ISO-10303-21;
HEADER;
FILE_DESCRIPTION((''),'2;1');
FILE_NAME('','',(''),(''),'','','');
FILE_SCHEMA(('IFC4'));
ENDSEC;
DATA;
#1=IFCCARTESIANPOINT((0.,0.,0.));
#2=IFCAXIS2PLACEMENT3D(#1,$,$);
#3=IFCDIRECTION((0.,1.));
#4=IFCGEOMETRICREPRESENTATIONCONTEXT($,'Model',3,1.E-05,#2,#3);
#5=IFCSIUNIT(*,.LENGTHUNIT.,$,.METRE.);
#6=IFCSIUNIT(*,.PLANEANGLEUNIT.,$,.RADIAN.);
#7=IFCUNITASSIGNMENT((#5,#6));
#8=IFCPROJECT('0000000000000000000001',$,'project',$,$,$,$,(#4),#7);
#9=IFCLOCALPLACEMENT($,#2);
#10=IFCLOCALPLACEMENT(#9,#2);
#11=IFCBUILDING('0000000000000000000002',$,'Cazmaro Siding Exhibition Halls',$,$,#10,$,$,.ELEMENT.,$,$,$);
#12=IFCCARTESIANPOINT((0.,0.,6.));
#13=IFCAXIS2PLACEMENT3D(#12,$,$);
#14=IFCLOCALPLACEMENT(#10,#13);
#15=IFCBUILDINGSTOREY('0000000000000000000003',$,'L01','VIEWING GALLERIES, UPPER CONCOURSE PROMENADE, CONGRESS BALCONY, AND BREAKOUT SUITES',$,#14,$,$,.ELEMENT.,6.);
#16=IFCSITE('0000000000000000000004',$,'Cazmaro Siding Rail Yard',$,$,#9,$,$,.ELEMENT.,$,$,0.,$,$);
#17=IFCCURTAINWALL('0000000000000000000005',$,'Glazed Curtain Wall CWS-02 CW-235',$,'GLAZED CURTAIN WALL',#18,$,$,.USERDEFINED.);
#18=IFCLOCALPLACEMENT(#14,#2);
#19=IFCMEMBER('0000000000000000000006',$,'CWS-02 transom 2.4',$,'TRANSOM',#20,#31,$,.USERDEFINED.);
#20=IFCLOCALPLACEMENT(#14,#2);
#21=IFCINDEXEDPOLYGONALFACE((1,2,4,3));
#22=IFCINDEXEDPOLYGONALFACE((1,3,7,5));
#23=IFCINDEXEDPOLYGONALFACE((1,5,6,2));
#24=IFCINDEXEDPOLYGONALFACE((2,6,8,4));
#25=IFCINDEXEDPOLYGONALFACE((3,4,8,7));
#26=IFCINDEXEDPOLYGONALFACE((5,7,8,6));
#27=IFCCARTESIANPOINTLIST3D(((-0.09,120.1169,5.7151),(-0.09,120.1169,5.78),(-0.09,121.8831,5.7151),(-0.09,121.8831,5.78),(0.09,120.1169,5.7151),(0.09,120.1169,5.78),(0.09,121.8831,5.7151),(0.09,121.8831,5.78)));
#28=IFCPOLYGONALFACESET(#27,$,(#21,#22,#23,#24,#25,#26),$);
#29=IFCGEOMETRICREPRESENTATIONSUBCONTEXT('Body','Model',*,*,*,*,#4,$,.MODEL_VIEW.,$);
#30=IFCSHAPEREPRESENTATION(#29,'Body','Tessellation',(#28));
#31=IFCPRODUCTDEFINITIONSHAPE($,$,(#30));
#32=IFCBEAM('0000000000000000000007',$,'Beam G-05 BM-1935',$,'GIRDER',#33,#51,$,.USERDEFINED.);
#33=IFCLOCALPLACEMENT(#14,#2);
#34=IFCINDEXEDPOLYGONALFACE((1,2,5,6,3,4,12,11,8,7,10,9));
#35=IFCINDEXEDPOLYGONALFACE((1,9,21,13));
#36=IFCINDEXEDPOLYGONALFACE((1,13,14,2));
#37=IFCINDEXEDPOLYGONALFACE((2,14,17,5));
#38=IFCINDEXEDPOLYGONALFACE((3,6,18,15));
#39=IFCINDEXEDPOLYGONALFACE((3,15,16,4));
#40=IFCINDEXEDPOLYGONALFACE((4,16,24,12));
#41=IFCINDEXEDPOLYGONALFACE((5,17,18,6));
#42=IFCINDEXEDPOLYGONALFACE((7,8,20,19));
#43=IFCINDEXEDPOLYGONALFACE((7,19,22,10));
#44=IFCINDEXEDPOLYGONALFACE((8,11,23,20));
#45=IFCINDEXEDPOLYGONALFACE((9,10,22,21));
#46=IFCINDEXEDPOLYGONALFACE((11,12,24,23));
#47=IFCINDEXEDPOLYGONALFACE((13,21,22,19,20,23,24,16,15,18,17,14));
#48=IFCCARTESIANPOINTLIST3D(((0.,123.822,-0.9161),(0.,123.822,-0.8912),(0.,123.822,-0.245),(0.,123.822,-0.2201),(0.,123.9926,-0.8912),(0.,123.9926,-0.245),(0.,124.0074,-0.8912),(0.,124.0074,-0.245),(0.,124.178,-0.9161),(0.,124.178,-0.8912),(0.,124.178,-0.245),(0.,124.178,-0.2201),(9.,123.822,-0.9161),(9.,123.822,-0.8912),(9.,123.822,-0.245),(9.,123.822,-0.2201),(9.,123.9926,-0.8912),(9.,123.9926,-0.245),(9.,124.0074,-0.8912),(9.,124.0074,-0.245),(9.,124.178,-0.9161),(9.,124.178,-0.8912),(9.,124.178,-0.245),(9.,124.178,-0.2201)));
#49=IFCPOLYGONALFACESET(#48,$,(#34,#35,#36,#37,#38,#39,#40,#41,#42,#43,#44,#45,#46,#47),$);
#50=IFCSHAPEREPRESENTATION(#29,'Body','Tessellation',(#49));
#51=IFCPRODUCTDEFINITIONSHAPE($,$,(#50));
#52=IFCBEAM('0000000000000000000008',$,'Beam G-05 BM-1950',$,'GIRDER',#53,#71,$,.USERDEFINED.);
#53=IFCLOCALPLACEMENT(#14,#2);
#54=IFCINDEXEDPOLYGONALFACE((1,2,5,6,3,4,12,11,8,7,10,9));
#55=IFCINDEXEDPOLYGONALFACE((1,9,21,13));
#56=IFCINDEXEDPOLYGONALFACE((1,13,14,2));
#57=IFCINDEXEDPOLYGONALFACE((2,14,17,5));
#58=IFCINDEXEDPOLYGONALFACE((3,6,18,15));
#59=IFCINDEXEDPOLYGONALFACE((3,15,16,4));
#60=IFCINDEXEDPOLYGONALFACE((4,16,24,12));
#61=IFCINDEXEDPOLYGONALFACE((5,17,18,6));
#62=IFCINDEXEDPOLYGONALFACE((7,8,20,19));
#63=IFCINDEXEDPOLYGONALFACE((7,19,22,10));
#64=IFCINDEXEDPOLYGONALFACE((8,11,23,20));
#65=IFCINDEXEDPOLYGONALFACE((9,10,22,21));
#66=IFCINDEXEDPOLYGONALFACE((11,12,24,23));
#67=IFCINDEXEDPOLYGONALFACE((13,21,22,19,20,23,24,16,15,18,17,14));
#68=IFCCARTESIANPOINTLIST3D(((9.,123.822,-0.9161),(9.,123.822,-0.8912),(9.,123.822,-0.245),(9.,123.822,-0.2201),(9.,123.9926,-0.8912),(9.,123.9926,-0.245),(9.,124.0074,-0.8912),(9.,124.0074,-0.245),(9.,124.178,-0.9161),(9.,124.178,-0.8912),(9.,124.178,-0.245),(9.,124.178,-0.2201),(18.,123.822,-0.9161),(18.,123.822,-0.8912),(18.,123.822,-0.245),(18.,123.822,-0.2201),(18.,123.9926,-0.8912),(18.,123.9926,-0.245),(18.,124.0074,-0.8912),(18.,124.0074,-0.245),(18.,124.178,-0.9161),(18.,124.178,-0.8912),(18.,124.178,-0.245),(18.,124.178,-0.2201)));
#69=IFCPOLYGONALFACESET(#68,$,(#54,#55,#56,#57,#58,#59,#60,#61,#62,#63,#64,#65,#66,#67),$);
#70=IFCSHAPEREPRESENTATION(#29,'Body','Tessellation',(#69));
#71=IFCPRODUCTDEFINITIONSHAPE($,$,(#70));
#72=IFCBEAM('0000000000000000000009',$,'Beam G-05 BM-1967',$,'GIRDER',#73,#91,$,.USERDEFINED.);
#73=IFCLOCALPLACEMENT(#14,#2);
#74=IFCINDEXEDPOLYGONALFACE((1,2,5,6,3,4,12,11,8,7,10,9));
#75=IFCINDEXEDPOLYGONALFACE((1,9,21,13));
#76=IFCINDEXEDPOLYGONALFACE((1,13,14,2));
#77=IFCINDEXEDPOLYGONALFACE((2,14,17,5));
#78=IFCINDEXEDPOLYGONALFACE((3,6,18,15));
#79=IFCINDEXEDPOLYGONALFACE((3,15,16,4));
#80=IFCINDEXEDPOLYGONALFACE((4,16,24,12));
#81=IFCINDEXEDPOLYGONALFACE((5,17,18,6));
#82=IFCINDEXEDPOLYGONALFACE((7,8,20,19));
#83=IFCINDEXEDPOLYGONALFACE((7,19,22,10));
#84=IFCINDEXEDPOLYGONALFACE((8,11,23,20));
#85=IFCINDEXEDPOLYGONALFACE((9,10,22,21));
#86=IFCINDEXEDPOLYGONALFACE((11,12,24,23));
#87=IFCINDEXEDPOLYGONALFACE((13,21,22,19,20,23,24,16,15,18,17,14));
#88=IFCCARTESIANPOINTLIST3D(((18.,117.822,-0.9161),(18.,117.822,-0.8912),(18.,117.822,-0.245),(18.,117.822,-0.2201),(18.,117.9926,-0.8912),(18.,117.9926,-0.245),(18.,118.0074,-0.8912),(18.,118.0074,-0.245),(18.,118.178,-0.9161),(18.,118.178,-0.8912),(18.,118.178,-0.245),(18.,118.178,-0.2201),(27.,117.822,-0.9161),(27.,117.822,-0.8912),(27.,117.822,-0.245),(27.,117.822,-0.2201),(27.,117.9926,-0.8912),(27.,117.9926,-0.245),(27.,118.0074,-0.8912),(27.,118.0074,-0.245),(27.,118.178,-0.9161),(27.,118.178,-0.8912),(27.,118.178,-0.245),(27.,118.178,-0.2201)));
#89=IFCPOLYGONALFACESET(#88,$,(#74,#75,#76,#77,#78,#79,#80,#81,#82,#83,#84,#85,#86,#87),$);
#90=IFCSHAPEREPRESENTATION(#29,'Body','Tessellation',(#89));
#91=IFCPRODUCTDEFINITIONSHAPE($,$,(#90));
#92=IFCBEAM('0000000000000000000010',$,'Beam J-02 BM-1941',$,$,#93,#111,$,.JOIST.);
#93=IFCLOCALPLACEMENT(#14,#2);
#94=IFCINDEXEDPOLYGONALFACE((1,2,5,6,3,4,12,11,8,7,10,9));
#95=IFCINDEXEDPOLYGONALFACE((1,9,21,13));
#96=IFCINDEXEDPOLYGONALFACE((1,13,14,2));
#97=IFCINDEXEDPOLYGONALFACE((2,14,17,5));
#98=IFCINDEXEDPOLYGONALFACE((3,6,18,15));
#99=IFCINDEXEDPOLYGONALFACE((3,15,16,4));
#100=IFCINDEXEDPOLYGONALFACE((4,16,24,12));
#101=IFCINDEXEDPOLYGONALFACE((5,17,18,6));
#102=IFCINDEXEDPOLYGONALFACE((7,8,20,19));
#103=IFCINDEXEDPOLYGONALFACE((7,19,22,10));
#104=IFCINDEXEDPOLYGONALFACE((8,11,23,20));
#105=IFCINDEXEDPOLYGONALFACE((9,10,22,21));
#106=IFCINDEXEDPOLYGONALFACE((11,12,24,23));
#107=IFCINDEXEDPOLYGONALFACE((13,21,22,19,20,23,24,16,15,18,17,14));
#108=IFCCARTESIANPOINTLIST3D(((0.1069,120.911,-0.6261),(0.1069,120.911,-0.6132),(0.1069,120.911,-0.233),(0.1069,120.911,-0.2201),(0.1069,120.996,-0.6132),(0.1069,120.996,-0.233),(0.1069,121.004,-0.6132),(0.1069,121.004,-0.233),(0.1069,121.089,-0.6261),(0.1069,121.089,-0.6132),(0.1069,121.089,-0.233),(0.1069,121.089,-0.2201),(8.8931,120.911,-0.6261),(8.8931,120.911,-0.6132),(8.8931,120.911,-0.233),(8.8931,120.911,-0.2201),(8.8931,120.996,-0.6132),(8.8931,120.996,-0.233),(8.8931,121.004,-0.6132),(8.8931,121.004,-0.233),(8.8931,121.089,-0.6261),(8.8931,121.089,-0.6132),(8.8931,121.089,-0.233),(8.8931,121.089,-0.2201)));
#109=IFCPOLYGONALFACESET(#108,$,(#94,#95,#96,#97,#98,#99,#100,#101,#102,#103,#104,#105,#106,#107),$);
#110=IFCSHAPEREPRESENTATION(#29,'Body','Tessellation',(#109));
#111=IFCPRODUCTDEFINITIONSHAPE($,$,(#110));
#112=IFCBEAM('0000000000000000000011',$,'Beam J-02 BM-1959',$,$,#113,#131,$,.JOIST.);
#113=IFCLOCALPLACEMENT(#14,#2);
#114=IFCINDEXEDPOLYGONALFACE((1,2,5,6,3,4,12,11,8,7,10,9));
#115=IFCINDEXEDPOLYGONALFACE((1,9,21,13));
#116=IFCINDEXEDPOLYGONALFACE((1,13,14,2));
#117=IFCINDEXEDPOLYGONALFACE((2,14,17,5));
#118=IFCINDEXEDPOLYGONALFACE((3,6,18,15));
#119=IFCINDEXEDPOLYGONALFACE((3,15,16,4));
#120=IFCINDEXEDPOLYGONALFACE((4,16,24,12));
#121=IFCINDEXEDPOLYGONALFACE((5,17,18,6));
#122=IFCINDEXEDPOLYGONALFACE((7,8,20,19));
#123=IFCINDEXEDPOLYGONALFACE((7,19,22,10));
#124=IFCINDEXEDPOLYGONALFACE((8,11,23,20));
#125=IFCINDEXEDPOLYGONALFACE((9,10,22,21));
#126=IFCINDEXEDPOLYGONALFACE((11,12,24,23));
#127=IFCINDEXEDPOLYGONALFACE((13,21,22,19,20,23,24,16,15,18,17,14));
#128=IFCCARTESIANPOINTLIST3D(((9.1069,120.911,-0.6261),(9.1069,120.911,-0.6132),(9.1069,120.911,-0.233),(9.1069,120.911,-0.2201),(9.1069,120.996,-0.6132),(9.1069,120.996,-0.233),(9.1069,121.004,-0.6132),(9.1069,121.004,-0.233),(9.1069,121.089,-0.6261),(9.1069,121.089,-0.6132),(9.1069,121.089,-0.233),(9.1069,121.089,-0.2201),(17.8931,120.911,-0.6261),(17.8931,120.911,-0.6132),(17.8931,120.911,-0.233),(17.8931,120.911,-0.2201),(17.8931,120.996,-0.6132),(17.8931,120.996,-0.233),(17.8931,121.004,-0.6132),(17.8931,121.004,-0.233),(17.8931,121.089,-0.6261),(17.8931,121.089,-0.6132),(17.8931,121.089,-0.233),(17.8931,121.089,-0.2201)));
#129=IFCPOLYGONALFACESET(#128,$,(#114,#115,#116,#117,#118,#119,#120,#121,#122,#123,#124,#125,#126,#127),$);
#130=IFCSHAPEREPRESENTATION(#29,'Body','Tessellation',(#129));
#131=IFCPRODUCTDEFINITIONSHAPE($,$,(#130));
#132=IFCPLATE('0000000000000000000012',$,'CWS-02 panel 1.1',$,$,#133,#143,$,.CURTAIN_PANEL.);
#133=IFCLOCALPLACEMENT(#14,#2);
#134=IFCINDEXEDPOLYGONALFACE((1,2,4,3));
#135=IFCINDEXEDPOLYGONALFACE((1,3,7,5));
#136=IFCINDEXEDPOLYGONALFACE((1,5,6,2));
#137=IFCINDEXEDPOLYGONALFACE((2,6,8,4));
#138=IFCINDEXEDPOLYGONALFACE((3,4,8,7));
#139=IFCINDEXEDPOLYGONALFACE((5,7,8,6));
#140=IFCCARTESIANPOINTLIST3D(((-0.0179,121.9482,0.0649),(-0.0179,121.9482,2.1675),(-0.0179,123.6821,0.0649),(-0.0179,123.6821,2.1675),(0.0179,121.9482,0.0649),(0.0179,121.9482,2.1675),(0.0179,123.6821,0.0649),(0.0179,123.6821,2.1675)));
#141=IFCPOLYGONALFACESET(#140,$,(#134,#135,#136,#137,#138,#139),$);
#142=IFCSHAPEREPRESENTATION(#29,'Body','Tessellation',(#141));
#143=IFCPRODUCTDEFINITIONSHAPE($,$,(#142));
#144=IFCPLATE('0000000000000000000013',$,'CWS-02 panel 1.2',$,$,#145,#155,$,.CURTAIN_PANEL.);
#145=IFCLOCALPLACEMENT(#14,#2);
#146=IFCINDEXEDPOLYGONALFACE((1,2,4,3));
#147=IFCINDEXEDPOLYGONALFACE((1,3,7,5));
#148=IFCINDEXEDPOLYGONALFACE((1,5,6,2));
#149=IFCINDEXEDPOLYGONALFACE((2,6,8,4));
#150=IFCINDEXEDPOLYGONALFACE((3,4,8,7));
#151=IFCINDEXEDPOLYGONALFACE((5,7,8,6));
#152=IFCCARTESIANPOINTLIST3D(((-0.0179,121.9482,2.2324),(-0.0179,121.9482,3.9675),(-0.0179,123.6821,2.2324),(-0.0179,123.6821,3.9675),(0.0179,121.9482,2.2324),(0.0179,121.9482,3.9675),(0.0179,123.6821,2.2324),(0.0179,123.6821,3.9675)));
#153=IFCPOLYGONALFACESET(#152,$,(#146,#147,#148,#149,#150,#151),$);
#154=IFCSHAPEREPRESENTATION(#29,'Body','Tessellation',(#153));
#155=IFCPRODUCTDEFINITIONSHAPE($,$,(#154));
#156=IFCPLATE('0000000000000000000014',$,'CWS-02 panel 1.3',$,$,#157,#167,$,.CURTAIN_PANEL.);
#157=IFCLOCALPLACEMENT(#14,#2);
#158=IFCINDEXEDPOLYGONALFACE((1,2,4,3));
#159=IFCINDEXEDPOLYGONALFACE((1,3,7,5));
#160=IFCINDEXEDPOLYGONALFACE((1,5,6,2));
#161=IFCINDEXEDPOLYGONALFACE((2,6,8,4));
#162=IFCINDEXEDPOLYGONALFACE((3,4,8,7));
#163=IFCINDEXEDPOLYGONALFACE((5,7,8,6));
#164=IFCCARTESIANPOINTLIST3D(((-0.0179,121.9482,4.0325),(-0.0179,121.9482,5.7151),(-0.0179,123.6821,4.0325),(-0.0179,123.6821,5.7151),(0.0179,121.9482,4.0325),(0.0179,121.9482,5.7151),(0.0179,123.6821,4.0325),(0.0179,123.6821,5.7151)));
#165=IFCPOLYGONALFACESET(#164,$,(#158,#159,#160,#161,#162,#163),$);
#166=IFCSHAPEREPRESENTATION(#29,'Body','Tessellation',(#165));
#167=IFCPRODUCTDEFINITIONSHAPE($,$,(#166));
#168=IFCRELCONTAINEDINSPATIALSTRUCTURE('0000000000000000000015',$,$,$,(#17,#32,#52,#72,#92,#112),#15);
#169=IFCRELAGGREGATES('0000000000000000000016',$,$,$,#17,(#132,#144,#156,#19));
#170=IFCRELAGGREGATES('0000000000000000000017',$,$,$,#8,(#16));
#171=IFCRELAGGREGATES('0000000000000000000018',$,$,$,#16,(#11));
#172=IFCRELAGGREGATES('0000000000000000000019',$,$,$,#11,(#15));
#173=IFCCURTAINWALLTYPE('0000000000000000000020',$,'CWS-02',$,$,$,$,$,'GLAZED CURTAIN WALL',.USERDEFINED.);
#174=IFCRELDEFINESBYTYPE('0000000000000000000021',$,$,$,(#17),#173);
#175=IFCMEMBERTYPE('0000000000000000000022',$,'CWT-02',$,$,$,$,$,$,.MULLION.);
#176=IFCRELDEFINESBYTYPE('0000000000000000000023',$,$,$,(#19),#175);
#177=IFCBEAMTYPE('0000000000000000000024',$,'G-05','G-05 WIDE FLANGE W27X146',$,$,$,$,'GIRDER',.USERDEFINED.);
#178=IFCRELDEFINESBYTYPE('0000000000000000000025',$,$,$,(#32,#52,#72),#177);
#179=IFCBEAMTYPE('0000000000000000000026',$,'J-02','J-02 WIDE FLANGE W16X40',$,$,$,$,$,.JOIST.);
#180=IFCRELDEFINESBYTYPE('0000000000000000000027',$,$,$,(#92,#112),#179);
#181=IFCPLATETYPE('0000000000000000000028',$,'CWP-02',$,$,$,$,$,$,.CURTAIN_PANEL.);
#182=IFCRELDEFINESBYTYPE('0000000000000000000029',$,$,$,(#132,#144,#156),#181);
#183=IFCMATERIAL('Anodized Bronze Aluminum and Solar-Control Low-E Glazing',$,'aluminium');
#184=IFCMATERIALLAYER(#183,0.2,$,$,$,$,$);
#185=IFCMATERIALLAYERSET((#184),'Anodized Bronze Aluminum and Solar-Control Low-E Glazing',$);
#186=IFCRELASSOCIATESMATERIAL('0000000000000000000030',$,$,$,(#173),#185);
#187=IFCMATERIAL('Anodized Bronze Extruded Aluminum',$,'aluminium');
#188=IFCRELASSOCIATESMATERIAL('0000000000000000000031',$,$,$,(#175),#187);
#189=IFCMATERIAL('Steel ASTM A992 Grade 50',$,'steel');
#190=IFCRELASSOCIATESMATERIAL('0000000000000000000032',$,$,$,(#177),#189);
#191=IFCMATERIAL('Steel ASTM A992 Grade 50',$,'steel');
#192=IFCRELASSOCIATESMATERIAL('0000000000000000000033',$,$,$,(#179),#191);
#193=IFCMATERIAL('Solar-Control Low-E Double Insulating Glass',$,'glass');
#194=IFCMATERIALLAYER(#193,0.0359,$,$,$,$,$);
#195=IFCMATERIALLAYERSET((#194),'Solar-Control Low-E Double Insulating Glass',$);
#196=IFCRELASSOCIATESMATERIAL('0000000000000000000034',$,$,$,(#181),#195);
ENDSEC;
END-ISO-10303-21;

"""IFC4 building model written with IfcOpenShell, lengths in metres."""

from ifc_helpers import new_model, si_unit, direction, frame, origin, origin_2d, place, context, subcontext, project, spatial, rectangle, i_section, extrude, material, layer, layer_set, material_profile, profile_set, type_object, element, aggregate, save


model = new_model("IFC4")

# Units and contexts
model_context = context("Model", 3, precision=1e-05, world=origin(), true_north=direction((0.0, 1.0)))
body_context = subcontext(model_context, "Body", "Model", "MODEL_VIEW")
ifc_project = project(units=[si_unit("LENGTHUNIT", "METRE"), si_unit("PLANEANGLEUNIT", "RADIAN")], contexts=[model_context])

# Site, building, storey
site_placement = place(None, origin())
site = spatial("IfcSite", under=ifc_project, at=site_placement, Name="Cazmaro Siding Rail Yard", CompositionType="ELEMENT", RefElevation=0.0)
building_placement = place(site_placement, origin())
building = spatial("IfcBuilding", under=site, at=building_placement, Name="Cazmaro Siding Exhibition Halls", CompositionType="ELEMENT")
storey_placement = place(building_placement, frame((0.0, 0.0, 6.0)))
storey = spatial("IfcBuildingStorey", under=building, at=storey_placement, Name="L01", Description="VIEWING GALLERIES, UPPER CONCOURSE PROMENADE, CONGRESS BALCONY, AND BREAKOUT SUITES", CompositionType="ELEMENT", Elevation=6.0)

# Curtain wall, member
ifc_material_1 = material(Name="Anodized Bronze Aluminum and Solar-Control Low-E Glazing", Category="aluminium")
ifc_layer_1 = layer(ifc_material_1, 0.2)
ifc_layer_set_1 = layer_set([ifc_layer_1], Name="Anodized Bronze Aluminum and Solar-Control Low-E Glazing")
curtain_wall_type = type_object("IfcCurtainWallType", Name="CWS-02", ElementType="GLAZED CURTAIN WALL", PredefinedType="USERDEFINED", material=ifc_layer_set_1)
curtain_wall_placement = place(storey_placement, origin())
curtain_wall = element("IfcCurtainWall", 1, at=curtain_wall_placement, inside=storey, type_object=curtain_wall_type, Name="Glazed Curtain Wall CWS-02 CW-235", ObjectType="GLAZED CURTAIN WALL", PredefinedType="USERDEFINED")
ifc_material_2 = material(Name="Anodized Bronze Extruded Aluminum", Category="aluminium")
ifc_material_profile_1 = material_profile(ifc_material_2, rectangle(XDim=0.1799, YDim=0.0649, at=origin_2d()), Name="CWT-02")
ifc_profile_set_1 = profile_set([ifc_material_profile_1], Name="Anodized Bronze Extruded Aluminum")
member_type_1 = type_object("IfcMemberType", Name="CWT-02", PredefinedType="MULLION", material=ifc_profile_set_1)
member_1_placement = place(storey_placement, frame((0.0, 121.8831, 5.7476), z_axis=(0.0, -1.0, 0.0), x_axis=(1.0, 0.0, 0.0)))
member_1 = element("IfcMember", 2, at=member_1_placement, type_object=member_type_1, Name="CWS-02 transom 2.4", ObjectType="TRANSOM", PredefinedType="USERDEFINED", context=body_context, shape_type="SweptSolid", body=[
    extrude(rectangle(XDim=0.1799, YDim=0.0649, at=origin_2d()), origin(), (0.0, 0.0, 1.0), 1.7661),
])

# Beams
ifc_material_3 = material(Name="Steel ASTM A992 Grade 50", Category="steel")
ifc_material_profile_2 = material_profile(ifc_material_3, i_section(OverallWidth=0.356, OverallDepth=0.696, WebThickness=0.0149, FlangeThickness=0.0249, at=origin_2d()), Name="W27X146")
ifc_profile_set_2 = profile_set([ifc_material_profile_2], Name="Steel ASTM A992 Grade 50")
beam_type_1 = type_object("IfcBeamType", Name="G-05", Description="G-05 WIDE FLANGE W27X146", ElementType="GIRDER", PredefinedType="USERDEFINED", material=ifc_profile_set_2)
for number, where, z_axis, x_axis, name in (
    (3, (0.0, 124.0, -0.5681), (1.0, 0.0, 0.0), (0.0, 1.0, 0.0), "Beam G-05 BM-1935"),
    (4, (9.0, 124.0, -0.5681), (1.0, 0.0, 0.0), (0.0, 1.0, 0.0), "Beam G-05 BM-1950"),
    (5, (18.0, 118.0, -0.5681), (1.0, 0.0, 0.0), (0.0, 1.0, 0.0), "Beam G-05 BM-1967"),
):
    element("IfcBeam", number, at=place(storey_placement, frame(where, z_axis=z_axis, x_axis=x_axis)), inside=storey, type_object=beam_type_1, Name=name, ObjectType="GIRDER", PredefinedType="USERDEFINED", context=body_context, shape_type="SweptSolid", body=[
        extrude(i_section(OverallWidth=0.356, OverallDepth=0.696, WebThickness=0.0149, FlangeThickness=0.0249, at=origin_2d()), origin(), (0.0, 0.0, 1.0), 9.0),
    ])
ifc_material_4 = material(Name="Steel ASTM A992 Grade 50", Category="steel")
ifc_material_profile_3 = material_profile(ifc_material_4, i_section(OverallWidth=0.178, OverallDepth=0.406, WebThickness=0.0081, FlangeThickness=0.0129, at=origin_2d()), Name="W16X40")
ifc_profile_set_3 = profile_set([ifc_material_profile_3], Name="Steel ASTM A992 Grade 50")
beam_type_2 = type_object("IfcBeamType", Name="J-02", Description="J-02 WIDE FLANGE W16X40", PredefinedType="JOIST", material=ifc_profile_set_3)
for number, where, z_axis, x_axis, name in (
    (6, (0.1069, 121.0, -0.4231), (1.0, 0.0, 0.0), (0.0, 1.0, 0.0), "Beam J-02 BM-1941"),
    (7, (9.1069, 121.0, -0.4231), (1.0, 0.0, 0.0), (0.0, 1.0, 0.0), "Beam J-02 BM-1959"),
):
    element("IfcBeam", number, at=place(storey_placement, frame(where, z_axis=z_axis, x_axis=x_axis)), inside=storey, type_object=beam_type_2, Name=name, PredefinedType="JOIST", context=body_context, shape_type="SweptSolid", body=[
        extrude(i_section(OverallWidth=0.178, OverallDepth=0.406, WebThickness=0.0081, FlangeThickness=0.0129, at=origin_2d()), origin(), (0.0, 0.0, 1.0), 8.7861),
    ])

# Plates
ifc_material_5 = material(Name="Solar-Control Low-E Double Insulating Glass", Category="glass")
ifc_layer_2 = layer(ifc_material_5, 0.0359)
ifc_layer_set_2 = layer_set([ifc_layer_2], Name="Solar-Control Low-E Double Insulating Glass")
plate_type = type_object("IfcPlateType", Name="CWP-02", PredefinedType="CURTAIN_PANEL", material=ifc_layer_set_2)
plate_1_placement = place(storey_placement, frame((0.0, 122.8152, 0.0649), z_axis=(0.0, 0.0, 1.0), x_axis=(0.0, -1.0, 0.0)))
plate_1 = element("IfcPlate", 8, at=plate_1_placement, type_object=plate_type, Name="CWS-02 panel 1.1", PredefinedType="CURTAIN_PANEL", context=body_context, shape_type="SweptSolid", body=[
    extrude(rectangle(XDim=1.7339, YDim=0.0359, at=origin_2d()), origin(), (0.0, 0.0, 1.0), 2.1025),
])
plate_2_placement = place(storey_placement, frame((0.0, 122.8152, 2.2324), z_axis=(0.0, 0.0, 1.0), x_axis=(0.0, -1.0, 0.0)))
plate_2 = element("IfcPlate", 9, at=plate_2_placement, type_object=plate_type, Name="CWS-02 panel 1.2", PredefinedType="CURTAIN_PANEL", context=body_context, shape_type="SweptSolid", body=[
    extrude(rectangle(XDim=1.7339, YDim=0.0359, at=origin_2d()), origin(), (0.0, 0.0, 1.0), 1.7351),
])
plate_3_placement = place(storey_placement, frame((0.0, 122.8152, 4.0325), z_axis=(0.0, 0.0, 1.0), x_axis=(0.0, -1.0, 0.0)))
plate_3 = element("IfcPlate", 10, at=plate_3_placement, type_object=plate_type, Name="CWS-02 panel 1.3", PredefinedType="CURTAIN_PANEL", context=body_context, shape_type="SweptSolid", body=[
    extrude(rectangle(XDim=1.7339, YDim=0.0359, at=origin_2d()), origin(), (0.0, 0.0, 1.0), 1.6826),
])
aggregate(curtain_wall, [plate_1, plate_2, plate_3, member_1])

save(model, "model.ifc")
